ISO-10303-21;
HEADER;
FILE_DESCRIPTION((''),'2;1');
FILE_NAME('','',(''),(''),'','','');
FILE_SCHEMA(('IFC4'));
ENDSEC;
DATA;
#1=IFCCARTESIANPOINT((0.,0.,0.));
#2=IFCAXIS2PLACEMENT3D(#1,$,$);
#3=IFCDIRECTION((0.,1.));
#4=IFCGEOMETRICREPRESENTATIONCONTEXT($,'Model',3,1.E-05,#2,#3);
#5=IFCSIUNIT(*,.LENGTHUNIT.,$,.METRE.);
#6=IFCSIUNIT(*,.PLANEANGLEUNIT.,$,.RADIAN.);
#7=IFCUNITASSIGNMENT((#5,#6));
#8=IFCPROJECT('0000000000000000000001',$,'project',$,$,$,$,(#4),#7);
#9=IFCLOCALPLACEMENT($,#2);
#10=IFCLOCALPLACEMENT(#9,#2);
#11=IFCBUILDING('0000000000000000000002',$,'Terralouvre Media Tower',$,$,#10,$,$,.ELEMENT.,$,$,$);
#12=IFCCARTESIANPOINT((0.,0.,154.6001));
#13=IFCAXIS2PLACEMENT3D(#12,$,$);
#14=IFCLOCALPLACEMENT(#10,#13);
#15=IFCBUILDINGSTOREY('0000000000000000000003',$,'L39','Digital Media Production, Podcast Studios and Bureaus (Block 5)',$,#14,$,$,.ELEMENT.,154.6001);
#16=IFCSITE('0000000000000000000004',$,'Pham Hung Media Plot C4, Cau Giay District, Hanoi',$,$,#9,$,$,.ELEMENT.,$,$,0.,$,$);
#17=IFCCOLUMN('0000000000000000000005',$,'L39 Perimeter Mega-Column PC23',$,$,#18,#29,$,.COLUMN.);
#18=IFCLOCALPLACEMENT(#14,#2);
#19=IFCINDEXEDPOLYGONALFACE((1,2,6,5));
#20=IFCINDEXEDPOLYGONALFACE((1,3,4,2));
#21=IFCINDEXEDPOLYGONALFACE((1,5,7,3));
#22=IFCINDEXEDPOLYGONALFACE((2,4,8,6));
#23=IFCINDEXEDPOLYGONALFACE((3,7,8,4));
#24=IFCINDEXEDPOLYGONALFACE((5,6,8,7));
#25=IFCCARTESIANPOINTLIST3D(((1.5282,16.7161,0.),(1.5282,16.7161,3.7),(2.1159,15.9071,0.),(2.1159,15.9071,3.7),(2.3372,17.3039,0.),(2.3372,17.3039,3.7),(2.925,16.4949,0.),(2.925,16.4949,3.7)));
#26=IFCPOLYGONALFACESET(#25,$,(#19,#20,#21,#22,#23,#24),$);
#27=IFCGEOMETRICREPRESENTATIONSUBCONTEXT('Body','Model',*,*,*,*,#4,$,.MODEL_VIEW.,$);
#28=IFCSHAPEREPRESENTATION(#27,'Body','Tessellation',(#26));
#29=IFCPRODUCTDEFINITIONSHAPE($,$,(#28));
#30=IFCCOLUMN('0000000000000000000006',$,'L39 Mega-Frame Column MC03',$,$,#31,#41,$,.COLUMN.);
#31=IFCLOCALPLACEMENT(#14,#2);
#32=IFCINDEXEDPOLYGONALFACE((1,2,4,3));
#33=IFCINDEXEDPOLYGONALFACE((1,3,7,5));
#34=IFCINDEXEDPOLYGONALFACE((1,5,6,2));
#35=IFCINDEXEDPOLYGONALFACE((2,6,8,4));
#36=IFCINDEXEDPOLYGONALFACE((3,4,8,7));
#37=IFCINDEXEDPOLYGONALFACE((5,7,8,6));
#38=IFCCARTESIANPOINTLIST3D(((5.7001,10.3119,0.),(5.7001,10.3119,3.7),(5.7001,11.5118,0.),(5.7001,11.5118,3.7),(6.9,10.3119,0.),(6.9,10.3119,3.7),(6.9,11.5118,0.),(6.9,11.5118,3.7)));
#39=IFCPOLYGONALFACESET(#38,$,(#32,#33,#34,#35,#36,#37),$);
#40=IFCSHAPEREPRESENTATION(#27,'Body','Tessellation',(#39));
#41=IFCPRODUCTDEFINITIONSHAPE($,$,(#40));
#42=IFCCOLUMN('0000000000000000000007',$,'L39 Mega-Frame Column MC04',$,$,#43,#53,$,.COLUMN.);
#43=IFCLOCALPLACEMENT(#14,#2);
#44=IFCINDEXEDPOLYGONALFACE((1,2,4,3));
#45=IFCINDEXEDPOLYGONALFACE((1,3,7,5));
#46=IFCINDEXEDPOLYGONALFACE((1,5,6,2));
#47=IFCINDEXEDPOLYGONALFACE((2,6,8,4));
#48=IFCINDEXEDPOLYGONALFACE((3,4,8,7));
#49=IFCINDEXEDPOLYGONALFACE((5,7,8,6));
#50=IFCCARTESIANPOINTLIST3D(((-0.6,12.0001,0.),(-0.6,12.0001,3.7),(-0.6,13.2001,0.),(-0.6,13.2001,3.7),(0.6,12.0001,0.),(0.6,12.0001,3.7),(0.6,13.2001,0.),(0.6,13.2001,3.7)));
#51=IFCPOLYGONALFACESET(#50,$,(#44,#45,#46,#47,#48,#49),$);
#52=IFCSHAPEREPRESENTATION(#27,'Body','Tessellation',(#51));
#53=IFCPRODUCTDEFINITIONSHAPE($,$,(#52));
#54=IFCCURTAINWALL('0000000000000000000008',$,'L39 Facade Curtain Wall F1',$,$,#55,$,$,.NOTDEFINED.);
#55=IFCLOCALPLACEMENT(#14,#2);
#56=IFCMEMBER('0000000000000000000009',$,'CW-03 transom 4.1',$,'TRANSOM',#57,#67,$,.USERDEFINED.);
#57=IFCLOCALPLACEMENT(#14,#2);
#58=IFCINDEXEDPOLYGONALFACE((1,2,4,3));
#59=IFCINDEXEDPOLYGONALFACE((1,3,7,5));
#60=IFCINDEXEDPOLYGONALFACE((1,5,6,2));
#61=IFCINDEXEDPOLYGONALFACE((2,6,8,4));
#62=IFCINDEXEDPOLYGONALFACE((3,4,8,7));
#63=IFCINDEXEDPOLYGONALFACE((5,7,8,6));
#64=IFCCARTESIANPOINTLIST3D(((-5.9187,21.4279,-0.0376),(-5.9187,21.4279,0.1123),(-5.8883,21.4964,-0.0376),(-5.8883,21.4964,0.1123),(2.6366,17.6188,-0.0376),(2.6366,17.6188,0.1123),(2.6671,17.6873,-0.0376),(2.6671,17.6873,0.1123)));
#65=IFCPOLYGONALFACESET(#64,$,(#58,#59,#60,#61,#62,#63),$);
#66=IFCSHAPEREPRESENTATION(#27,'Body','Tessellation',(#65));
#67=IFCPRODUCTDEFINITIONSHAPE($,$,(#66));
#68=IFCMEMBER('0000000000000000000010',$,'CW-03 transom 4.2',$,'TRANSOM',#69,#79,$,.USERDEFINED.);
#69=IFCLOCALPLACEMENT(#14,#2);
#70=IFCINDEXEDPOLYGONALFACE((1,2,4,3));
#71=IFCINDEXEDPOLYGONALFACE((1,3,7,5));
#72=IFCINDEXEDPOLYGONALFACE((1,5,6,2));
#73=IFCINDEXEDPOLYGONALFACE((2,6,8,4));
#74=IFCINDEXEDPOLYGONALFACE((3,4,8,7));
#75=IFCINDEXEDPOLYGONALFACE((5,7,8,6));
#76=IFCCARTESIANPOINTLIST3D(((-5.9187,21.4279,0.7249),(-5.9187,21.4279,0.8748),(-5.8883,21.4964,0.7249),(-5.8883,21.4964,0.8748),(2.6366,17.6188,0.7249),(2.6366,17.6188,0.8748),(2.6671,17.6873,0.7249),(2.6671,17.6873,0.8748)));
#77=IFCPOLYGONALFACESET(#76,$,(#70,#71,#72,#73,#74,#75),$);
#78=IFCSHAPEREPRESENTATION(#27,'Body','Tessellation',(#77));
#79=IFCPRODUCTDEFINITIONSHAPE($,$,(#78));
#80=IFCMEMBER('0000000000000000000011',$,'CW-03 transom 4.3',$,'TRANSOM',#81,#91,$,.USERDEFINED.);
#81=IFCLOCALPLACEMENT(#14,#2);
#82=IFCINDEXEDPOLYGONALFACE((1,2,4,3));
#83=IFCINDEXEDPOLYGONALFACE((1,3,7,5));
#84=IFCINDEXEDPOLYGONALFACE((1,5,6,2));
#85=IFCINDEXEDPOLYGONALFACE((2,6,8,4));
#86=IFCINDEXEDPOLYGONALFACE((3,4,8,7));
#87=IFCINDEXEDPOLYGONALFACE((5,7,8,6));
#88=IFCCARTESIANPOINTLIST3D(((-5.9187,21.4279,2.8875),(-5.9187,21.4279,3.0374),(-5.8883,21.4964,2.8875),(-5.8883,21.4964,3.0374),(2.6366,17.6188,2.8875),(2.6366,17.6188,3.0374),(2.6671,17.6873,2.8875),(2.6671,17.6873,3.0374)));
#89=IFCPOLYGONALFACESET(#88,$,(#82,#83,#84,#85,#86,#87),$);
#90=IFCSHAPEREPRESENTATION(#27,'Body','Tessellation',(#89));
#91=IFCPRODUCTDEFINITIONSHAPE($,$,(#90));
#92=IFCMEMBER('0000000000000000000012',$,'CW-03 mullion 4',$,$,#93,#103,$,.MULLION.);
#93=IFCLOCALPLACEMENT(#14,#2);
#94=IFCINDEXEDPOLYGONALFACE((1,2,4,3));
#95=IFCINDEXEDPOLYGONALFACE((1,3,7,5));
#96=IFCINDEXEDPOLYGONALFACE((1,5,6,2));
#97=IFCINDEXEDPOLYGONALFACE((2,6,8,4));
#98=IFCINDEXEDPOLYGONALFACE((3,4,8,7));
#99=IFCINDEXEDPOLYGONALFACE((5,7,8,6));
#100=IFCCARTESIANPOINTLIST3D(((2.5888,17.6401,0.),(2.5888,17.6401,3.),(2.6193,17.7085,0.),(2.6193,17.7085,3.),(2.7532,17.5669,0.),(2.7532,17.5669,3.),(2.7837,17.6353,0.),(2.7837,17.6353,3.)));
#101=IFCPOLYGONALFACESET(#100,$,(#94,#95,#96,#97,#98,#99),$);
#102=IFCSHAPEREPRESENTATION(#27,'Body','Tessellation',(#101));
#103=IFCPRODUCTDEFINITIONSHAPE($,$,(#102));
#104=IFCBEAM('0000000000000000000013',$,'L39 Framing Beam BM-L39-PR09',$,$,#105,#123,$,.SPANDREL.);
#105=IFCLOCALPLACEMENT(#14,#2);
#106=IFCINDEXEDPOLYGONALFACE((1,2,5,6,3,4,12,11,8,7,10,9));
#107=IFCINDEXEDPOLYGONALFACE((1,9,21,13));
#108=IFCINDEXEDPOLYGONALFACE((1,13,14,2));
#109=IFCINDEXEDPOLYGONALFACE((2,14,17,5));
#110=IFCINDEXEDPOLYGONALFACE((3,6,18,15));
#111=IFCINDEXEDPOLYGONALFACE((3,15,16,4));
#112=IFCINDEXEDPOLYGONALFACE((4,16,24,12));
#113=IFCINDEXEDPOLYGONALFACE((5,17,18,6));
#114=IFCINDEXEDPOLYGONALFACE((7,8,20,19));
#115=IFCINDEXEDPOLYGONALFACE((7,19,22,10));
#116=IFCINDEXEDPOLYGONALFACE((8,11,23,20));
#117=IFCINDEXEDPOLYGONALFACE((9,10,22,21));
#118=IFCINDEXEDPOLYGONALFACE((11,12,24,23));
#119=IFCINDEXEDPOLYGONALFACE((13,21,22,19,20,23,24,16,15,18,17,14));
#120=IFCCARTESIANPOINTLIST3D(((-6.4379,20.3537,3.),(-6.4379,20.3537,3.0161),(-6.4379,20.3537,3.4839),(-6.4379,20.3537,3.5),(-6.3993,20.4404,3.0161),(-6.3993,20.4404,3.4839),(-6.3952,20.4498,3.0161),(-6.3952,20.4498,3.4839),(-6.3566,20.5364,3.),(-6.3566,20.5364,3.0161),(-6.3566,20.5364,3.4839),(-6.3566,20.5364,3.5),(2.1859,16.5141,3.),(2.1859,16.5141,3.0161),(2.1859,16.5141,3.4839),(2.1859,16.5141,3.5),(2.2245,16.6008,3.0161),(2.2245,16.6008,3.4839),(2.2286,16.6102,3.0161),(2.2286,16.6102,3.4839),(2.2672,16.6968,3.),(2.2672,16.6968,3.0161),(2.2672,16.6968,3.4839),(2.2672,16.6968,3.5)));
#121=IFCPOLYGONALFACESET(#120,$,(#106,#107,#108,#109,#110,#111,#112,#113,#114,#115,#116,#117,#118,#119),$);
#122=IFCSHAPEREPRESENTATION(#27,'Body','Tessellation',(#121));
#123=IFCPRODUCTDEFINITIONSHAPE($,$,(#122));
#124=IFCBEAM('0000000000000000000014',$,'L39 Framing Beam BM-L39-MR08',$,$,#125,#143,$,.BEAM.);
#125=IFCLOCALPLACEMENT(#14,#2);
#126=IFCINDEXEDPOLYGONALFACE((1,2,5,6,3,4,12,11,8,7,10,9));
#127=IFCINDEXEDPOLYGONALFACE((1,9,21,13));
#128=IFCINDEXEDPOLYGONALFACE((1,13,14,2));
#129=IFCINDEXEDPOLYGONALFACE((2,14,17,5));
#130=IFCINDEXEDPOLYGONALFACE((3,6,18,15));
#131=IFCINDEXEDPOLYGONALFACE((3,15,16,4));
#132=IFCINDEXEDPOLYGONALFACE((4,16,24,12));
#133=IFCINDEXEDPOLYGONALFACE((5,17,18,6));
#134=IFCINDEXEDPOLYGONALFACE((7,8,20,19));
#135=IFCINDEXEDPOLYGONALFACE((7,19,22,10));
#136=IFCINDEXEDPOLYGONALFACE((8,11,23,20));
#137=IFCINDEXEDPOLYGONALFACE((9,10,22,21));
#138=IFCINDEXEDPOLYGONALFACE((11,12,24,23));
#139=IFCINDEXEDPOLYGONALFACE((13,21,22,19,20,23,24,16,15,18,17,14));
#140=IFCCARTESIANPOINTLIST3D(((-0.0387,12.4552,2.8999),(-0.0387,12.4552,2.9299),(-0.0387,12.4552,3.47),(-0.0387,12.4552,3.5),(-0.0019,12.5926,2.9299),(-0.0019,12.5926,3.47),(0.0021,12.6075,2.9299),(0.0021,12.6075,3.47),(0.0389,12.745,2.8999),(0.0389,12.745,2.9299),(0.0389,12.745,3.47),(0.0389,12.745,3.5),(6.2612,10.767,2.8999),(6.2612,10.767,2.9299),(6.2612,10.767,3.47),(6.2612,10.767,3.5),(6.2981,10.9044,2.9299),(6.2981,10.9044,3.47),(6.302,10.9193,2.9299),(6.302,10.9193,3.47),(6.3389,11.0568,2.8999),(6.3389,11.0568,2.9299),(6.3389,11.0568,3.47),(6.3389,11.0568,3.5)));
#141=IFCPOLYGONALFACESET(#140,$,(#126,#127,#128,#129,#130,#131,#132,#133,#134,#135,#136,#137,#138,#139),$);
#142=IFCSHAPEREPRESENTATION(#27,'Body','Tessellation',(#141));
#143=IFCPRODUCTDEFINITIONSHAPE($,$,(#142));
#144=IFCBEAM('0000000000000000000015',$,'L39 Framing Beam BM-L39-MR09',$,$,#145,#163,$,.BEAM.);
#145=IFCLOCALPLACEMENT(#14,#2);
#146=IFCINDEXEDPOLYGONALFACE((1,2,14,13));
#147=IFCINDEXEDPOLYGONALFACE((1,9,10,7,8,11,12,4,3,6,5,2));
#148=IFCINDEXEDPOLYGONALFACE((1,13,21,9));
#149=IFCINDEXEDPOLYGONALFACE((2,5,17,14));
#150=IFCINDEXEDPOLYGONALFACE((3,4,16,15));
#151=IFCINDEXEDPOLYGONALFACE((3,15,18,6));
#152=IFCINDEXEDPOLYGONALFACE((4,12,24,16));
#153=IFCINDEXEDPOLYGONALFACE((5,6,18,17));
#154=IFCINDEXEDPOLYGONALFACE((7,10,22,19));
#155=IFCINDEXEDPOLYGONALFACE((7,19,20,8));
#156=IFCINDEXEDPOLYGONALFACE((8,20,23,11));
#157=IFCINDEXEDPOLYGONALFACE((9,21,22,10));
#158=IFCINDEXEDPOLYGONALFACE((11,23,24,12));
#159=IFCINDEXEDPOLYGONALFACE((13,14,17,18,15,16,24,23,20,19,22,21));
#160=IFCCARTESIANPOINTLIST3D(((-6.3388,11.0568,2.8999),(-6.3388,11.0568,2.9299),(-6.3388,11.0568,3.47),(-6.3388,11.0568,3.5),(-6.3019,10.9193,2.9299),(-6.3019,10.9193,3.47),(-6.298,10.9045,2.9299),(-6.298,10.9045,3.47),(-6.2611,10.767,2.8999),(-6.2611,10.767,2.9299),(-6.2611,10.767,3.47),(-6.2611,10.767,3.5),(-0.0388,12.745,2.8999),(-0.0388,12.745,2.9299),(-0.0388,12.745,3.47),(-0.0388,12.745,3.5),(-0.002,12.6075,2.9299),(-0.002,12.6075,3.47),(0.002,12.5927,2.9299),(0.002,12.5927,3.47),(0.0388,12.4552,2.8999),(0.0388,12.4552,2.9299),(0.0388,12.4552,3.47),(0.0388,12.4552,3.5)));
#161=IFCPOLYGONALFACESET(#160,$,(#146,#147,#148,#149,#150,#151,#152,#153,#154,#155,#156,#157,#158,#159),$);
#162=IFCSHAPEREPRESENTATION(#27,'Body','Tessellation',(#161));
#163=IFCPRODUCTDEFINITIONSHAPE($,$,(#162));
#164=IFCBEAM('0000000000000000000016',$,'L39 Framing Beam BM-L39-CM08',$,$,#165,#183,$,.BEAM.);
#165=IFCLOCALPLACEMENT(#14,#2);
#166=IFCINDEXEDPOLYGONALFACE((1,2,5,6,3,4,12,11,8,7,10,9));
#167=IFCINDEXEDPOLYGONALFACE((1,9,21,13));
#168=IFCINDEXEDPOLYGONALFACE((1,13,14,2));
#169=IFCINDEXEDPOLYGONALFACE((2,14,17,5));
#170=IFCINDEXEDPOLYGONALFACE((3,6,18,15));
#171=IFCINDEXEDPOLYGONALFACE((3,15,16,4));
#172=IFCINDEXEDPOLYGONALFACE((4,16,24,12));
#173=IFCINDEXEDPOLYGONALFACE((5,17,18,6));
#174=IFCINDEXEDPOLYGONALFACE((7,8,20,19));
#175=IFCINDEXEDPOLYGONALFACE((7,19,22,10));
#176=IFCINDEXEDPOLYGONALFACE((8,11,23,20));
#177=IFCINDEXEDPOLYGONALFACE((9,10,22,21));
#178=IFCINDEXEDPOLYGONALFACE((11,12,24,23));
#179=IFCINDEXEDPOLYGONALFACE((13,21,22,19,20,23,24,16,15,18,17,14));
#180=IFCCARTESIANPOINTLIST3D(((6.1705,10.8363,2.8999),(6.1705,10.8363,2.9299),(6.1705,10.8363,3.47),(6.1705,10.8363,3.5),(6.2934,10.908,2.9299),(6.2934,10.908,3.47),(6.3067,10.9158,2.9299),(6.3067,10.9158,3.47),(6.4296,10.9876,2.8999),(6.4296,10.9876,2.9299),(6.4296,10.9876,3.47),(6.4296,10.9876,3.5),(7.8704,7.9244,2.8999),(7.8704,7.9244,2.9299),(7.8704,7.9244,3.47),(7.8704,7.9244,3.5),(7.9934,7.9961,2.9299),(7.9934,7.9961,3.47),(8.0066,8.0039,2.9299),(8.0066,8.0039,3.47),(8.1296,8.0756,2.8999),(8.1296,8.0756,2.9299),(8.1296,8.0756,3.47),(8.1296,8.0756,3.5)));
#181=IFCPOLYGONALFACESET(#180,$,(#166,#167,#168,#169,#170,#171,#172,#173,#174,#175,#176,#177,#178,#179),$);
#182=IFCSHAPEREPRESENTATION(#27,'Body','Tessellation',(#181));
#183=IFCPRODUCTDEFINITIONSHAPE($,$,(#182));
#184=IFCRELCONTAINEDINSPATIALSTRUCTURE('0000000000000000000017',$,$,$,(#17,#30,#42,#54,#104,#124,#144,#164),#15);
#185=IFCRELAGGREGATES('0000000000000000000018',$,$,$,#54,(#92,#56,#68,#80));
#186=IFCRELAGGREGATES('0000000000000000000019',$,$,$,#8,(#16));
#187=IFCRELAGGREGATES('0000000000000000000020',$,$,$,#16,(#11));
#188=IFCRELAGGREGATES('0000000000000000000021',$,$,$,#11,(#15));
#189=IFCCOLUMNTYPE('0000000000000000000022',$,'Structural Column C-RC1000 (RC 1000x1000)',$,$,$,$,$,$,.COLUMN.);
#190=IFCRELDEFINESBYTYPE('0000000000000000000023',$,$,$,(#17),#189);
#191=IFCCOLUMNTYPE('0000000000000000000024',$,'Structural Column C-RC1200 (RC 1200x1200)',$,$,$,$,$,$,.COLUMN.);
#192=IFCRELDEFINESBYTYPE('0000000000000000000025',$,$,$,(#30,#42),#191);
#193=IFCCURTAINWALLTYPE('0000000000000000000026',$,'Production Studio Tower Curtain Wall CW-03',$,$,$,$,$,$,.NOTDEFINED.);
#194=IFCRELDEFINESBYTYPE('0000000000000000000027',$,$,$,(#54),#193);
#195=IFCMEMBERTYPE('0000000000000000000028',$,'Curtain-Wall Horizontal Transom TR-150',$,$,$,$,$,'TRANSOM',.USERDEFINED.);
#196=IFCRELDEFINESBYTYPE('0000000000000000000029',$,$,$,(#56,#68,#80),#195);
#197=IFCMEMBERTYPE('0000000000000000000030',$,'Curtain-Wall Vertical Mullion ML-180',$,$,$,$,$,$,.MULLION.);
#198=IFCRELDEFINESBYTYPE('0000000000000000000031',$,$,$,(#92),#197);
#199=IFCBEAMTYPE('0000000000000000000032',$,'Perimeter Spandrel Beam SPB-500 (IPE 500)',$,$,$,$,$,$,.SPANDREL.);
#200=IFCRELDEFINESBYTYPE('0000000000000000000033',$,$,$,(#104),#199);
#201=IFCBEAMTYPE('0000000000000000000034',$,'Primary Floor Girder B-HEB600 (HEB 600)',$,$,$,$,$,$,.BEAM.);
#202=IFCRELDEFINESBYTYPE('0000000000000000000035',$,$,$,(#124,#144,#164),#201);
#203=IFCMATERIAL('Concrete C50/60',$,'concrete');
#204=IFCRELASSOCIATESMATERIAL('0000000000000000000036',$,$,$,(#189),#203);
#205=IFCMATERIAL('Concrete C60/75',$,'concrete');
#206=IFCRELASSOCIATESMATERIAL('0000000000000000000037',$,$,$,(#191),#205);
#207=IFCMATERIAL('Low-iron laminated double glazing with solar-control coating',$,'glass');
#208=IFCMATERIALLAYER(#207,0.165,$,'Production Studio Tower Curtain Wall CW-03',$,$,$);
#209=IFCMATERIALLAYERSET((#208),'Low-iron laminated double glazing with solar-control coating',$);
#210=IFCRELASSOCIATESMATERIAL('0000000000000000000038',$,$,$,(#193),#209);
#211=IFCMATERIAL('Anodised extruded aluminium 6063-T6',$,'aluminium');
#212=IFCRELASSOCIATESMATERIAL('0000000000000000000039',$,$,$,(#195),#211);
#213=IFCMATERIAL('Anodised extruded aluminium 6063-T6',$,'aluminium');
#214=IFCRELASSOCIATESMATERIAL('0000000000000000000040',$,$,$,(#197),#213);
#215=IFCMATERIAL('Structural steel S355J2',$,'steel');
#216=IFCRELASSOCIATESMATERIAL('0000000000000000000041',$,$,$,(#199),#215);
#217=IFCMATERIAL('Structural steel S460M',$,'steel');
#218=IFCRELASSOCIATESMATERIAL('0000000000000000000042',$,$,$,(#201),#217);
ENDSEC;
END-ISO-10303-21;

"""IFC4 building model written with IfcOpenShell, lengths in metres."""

from ifc_helpers import new_model, si_unit, direction, frame, origin, origin_2d, place, context, subcontext, project, spatial, rectangle, i_section, extrude, material, layer, layer_set, material_profile, profile_set, type_object, element, aggregate, save


model = new_model("IFC4")

# Units and contexts
model_context = context("Model", 3, precision=1e-05, world=origin(), true_north=direction((0.0, 1.0)))
body_context = subcontext(model_context, "Body", "Model", "MODEL_VIEW")
ifc_project = project(units=[si_unit("LENGTHUNIT", "METRE"), si_unit("PLANEANGLEUNIT", "RADIAN")], contexts=[model_context])

# Site, building, storey
site_placement = place(None, origin())
site = spatial("IfcSite", under=ifc_project, at=site_placement, Name="Pham Hung Media Plot C4, Cau Giay District, Hanoi", CompositionType="ELEMENT", RefElevation=0.0)
building_placement = place(site_placement, origin())
building = spatial("IfcBuilding", under=site, at=building_placement, Name="Terralouvre Media Tower", CompositionType="ELEMENT")
storey_placement = place(building_placement, frame((0.0, 0.0, 154.6001)))
storey = spatial("IfcBuildingStorey", under=building, at=storey_placement, Name="L39", Description="Digital Media Production, Podcast Studios and Bureaus (Block 5)", CompositionType="ELEMENT", Elevation=154.6001)

# Columns
ifc_material_1 = material(Name="Concrete C50/60", Category="concrete")
ifc_material_profile_1 = material_profile(ifc_material_1, rectangle(XDim=1.0, YDim=1.0, at=origin_2d()), Name="RC 1000x1000")
ifc_profile_set_1 = profile_set([ifc_material_profile_1], Name="Concrete C50/60")
column_type_1 = type_object("IfcColumnType", Name="Structural Column C-RC1000 (RC 1000x1000)", PredefinedType="COLUMN", material=ifc_profile_set_1)
column_placement = place(storey_placement, frame((2.2266, 16.6055, 0.0), z_axis=(0.0, 0.0, 1.0), x_axis=(0.809017, 0.587785, 0.0)))
element("IfcColumn", 1, at=column_placement, inside=storey, type_object=column_type_1, Name="L39 Perimeter Mega-Column PC23", PredefinedType="COLUMN", context=body_context, shape_type="SweptSolid", body=[
    extrude(rectangle(XDim=1.0, YDim=1.0, at=origin_2d()), origin(), (0.0, 0.0, 1.0), 3.7),
])
ifc_material_2 = material(Name="Concrete C60/75", Category="concrete")
ifc_material_profile_2 = material_profile(ifc_material_2, rectangle(XDim=1.2, YDim=1.2, at=origin_2d()), Name="RC 1200x1200")
ifc_profile_set_2 = profile_set([ifc_material_profile_2], Name="Concrete C60/75")
column_type_2 = type_object("IfcColumnType", Name="Structural Column C-RC1200 (RC 1200x1200)", PredefinedType="COLUMN", material=ifc_profile_set_2)
for number, where, z_axis, x_axis, name in (
    (2, (6.3, 10.9119, 0.0), (0.0, 0.0, 1.0), (1.0, 0.0, 0.0), "L39 Mega-Frame Column MC03"),
    (3, (0.0, 12.6001, 0.0), (0.0, 0.0, 1.0), (1.0, 0.0, 0.0), "L39 Mega-Frame Column MC04"),
):
    element("IfcColumn", number, at=place(storey_placement, frame(where, z_axis=z_axis, x_axis=x_axis)), inside=storey, type_object=column_type_2, Name=name, PredefinedType="COLUMN", context=body_context, shape_type="SweptSolid", body=[
        extrude(rectangle(XDim=1.2, YDim=1.2, at=origin_2d()), origin(), (0.0, 0.0, 1.0), 3.7),
    ])

# Curtain wall, members
ifc_material_3 = material(Name="Low-iron laminated double glazing with solar-control coating", Category="glass")
ifc_layer_1 = layer(ifc_material_3, 0.165, Name="Production Studio Tower Curtain Wall CW-03")
ifc_layer_set_1 = layer_set([ifc_layer_1], Name="Low-iron laminated double glazing with solar-control coating")
curtain_wall_type = type_object("IfcCurtainWallType", Name="Production Studio Tower Curtain Wall CW-03", PredefinedType="NOTDEFINED", material=ifc_layer_set_1)
curtain_wall_placement = place(storey_placement, origin())
curtain_wall = element("IfcCurtainWall", 4, at=curtain_wall_placement, inside=storey, type_object=curtain_wall_type, Name="L39 Facade Curtain Wall F1", PredefinedType="NOTDEFINED")
ifc_material_4 = material(Name="Anodised extruded aluminium 6063-T6", Category="aluminium")
ifc_material_profile_3 = material_profile(ifc_material_4, rectangle(XDim=0.075, YDim=0.1499, at=origin_2d()), Name="ALU 75x150")
ifc_profile_set_3 = profile_set([ifc_material_profile_3], Name="Anodised extruded aluminium 6063-T6")
member_type_1 = type_object("IfcMemberType", Name="Curtain-Wall Horizontal Transom TR-150", ElementType="TRANSOM", PredefinedType="USERDEFINED", material=ifc_profile_set_3)
member_1_placement = place(storey_placement, frame((2.6519, 17.6531, 0.0374), z_axis=(-0.913547, 0.406733, 0.0), x_axis=(-0.406733, -0.913547, 0.0)))
member_1 = element("IfcMember", 5, at=member_1_placement, type_object=member_type_1, Name="CW-03 transom 4.1", ObjectType="TRANSOM", PredefinedType="USERDEFINED", context=body_context, shape_type="SweptSolid", body=[
    extrude(rectangle(XDim=0.075, YDim=0.1499, at=origin_2d()), origin(), (0.0, 0.0, 1.0), 9.365),
])
member_2_placement = place(storey_placement, frame((2.6519, 17.6531, 0.7998), z_axis=(-0.913547, 0.406733, 0.0), x_axis=(-0.406733, -0.913547, 0.0)))
member_2 = element("IfcMember", 6, at=member_2_placement, type_object=member_type_1, Name="CW-03 transom 4.2", ObjectType="TRANSOM", PredefinedType="USERDEFINED", context=body_context, shape_type="SweptSolid", body=[
    extrude(rectangle(XDim=0.075, YDim=0.1499, at=origin_2d()), origin(), (0.0, 0.0, 1.0), 9.365),
])
member_3_placement = place(storey_placement, frame((2.6519, 17.6531, 2.9624), z_axis=(-0.913547, 0.406733, 0.0), x_axis=(-0.406733, -0.913547, 0.0)))
member_3 = element("IfcMember", 7, at=member_3_placement, type_object=member_type_1, Name="CW-03 transom 4.3", ObjectType="TRANSOM", PredefinedType="USERDEFINED", context=body_context, shape_type="SweptSolid", body=[
    extrude(rectangle(XDim=0.075, YDim=0.1499, at=origin_2d()), origin(), (0.0, 0.0, 1.0), 9.365),
])
ifc_material_5 = material(Name="Anodised extruded aluminium 6063-T6", Category="aluminium")
ifc_material_profile_4 = material_profile(ifc_material_5, rectangle(XDim=0.075, YDim=0.1799, at=origin_2d()), Name="ALU 75x180")
ifc_profile_set_4 = profile_set([ifc_material_profile_4], Name="Anodised extruded aluminium 6063-T6")
member_type_2 = type_object("IfcMemberType", Name="Curtain-Wall Vertical Mullion ML-180", PredefinedType="MULLION", material=ifc_profile_set_4)
member_4_placement = place(storey_placement, frame((2.6863, 17.6377, 0.0), z_axis=(0.0, 0.0, 1.0), x_axis=(-0.406737, -0.913545, 0.0)))
member_4 = element("IfcMember", 8, at=member_4_placement, type_object=member_type_2, Name="CW-03 mullion 4", PredefinedType="MULLION", context=body_context, shape_type="SweptSolid", body=[
    extrude(rectangle(XDim=0.075, YDim=0.1799, at=origin_2d()), origin(), (0.0, 0.0, 1.0), 3.0),
])

# Beams
ifc_material_6 = material(Name="Structural steel S355J2", Category="steel")
ifc_material_profile_5 = material_profile(ifc_material_6, i_section(OverallWidth=0.2, OverallDepth=0.5, WebThickness=0.0103, FlangeThickness=0.0161, at=origin_2d()), Name="IPE 500")
ifc_profile_set_5 = profile_set([ifc_material_profile_5], Name="Structural steel S355J2")
beam_type_1 = type_object("IfcBeamType", Name="Perimeter Spandrel Beam SPB-500 (IPE 500)", PredefinedType="SPANDREL", material=ifc_profile_set_5)
beam_1_placement = place(storey_placement, frame((2.2266, 16.6055, 3.25), z_axis=(-0.913544, 0.406741, 0.0), x_axis=(-0.406741, -0.913544, 0.0)))
element("IfcBeam", 9, at=beam_1_placement, inside=storey, type_object=beam_type_1, Name="L39 Framing Beam BM-L39-PR09", PredefinedType="SPANDREL", context=body_context, shape_type="SweptSolid", body=[
    extrude(i_section(OverallWidth=0.2, OverallDepth=0.5, WebThickness=0.0103, FlangeThickness=0.0161, at=origin_2d()), origin(), (0.0, 0.0, 1.0), 9.4399),
])
ifc_material_7 = material(Name="Structural steel S460M", Category="steel")
ifc_material_profile_6 = material_profile(ifc_material_7, i_section(OverallWidth=0.3, OverallDepth=0.6001, WebThickness=0.0154, FlangeThickness=0.03, at=origin_2d()), Name="HEB 600")
ifc_profile_set_6 = profile_set([ifc_material_profile_6], Name="Structural steel S460M")
beam_type_2 = type_object("IfcBeamType", Name="Primary Floor Girder B-HEB600 (HEB 600)", PredefinedType="BEAM", material=ifc_profile_set_6)
for number, where, z_axis, x_axis, name in (
    (10, (6.3, 10.9119, 3.2), (-0.96592, 0.258839, 0.0), (-0.258839, -0.96592, 0.0), "L39 Framing Beam BM-L39-MR08"),
    (11, (0.0, 12.6001, 3.2), (-0.96592, -0.258839, 0.0), (0.258839, -0.96592, 0.0), "L39 Framing Beam BM-L39-MR09"),
):
    element("IfcBeam", number, at=place(storey_placement, frame(where, z_axis=z_axis, x_axis=x_axis)), inside=storey, type_object=beam_type_2, Name=name, PredefinedType="BEAM", context=body_context, shape_type="SweptSolid", body=[
        extrude(i_section(OverallWidth=0.3, OverallDepth=0.6001, WebThickness=0.0154, FlangeThickness=0.03, at=origin_2d()), origin(), (0.0, 0.0, 1.0), 6.5222),
    ])
beam_2_placement = place(storey_placement, frame((8.0, 8.0, 3.2), z_axis=(-0.504173, 0.863603, 0.0), x_axis=(-0.863603, -0.504173, 0.0)))
element("IfcBeam", 12, at=beam_2_placement, inside=storey, type_object=beam_type_2, Name="L39 Framing Beam BM-L39-CM08", PredefinedType="BEAM", context=body_context, shape_type="SweptSolid", body=[
    extrude(i_section(OverallWidth=0.3, OverallDepth=0.6001, WebThickness=0.0154, FlangeThickness=0.03, at=origin_2d()), origin(), (0.0, 0.0, 1.0), 3.3718),
])

aggregate(curtain_wall, [member_4, member_1, member_2, member_3])

save(model, "model.ifc")
